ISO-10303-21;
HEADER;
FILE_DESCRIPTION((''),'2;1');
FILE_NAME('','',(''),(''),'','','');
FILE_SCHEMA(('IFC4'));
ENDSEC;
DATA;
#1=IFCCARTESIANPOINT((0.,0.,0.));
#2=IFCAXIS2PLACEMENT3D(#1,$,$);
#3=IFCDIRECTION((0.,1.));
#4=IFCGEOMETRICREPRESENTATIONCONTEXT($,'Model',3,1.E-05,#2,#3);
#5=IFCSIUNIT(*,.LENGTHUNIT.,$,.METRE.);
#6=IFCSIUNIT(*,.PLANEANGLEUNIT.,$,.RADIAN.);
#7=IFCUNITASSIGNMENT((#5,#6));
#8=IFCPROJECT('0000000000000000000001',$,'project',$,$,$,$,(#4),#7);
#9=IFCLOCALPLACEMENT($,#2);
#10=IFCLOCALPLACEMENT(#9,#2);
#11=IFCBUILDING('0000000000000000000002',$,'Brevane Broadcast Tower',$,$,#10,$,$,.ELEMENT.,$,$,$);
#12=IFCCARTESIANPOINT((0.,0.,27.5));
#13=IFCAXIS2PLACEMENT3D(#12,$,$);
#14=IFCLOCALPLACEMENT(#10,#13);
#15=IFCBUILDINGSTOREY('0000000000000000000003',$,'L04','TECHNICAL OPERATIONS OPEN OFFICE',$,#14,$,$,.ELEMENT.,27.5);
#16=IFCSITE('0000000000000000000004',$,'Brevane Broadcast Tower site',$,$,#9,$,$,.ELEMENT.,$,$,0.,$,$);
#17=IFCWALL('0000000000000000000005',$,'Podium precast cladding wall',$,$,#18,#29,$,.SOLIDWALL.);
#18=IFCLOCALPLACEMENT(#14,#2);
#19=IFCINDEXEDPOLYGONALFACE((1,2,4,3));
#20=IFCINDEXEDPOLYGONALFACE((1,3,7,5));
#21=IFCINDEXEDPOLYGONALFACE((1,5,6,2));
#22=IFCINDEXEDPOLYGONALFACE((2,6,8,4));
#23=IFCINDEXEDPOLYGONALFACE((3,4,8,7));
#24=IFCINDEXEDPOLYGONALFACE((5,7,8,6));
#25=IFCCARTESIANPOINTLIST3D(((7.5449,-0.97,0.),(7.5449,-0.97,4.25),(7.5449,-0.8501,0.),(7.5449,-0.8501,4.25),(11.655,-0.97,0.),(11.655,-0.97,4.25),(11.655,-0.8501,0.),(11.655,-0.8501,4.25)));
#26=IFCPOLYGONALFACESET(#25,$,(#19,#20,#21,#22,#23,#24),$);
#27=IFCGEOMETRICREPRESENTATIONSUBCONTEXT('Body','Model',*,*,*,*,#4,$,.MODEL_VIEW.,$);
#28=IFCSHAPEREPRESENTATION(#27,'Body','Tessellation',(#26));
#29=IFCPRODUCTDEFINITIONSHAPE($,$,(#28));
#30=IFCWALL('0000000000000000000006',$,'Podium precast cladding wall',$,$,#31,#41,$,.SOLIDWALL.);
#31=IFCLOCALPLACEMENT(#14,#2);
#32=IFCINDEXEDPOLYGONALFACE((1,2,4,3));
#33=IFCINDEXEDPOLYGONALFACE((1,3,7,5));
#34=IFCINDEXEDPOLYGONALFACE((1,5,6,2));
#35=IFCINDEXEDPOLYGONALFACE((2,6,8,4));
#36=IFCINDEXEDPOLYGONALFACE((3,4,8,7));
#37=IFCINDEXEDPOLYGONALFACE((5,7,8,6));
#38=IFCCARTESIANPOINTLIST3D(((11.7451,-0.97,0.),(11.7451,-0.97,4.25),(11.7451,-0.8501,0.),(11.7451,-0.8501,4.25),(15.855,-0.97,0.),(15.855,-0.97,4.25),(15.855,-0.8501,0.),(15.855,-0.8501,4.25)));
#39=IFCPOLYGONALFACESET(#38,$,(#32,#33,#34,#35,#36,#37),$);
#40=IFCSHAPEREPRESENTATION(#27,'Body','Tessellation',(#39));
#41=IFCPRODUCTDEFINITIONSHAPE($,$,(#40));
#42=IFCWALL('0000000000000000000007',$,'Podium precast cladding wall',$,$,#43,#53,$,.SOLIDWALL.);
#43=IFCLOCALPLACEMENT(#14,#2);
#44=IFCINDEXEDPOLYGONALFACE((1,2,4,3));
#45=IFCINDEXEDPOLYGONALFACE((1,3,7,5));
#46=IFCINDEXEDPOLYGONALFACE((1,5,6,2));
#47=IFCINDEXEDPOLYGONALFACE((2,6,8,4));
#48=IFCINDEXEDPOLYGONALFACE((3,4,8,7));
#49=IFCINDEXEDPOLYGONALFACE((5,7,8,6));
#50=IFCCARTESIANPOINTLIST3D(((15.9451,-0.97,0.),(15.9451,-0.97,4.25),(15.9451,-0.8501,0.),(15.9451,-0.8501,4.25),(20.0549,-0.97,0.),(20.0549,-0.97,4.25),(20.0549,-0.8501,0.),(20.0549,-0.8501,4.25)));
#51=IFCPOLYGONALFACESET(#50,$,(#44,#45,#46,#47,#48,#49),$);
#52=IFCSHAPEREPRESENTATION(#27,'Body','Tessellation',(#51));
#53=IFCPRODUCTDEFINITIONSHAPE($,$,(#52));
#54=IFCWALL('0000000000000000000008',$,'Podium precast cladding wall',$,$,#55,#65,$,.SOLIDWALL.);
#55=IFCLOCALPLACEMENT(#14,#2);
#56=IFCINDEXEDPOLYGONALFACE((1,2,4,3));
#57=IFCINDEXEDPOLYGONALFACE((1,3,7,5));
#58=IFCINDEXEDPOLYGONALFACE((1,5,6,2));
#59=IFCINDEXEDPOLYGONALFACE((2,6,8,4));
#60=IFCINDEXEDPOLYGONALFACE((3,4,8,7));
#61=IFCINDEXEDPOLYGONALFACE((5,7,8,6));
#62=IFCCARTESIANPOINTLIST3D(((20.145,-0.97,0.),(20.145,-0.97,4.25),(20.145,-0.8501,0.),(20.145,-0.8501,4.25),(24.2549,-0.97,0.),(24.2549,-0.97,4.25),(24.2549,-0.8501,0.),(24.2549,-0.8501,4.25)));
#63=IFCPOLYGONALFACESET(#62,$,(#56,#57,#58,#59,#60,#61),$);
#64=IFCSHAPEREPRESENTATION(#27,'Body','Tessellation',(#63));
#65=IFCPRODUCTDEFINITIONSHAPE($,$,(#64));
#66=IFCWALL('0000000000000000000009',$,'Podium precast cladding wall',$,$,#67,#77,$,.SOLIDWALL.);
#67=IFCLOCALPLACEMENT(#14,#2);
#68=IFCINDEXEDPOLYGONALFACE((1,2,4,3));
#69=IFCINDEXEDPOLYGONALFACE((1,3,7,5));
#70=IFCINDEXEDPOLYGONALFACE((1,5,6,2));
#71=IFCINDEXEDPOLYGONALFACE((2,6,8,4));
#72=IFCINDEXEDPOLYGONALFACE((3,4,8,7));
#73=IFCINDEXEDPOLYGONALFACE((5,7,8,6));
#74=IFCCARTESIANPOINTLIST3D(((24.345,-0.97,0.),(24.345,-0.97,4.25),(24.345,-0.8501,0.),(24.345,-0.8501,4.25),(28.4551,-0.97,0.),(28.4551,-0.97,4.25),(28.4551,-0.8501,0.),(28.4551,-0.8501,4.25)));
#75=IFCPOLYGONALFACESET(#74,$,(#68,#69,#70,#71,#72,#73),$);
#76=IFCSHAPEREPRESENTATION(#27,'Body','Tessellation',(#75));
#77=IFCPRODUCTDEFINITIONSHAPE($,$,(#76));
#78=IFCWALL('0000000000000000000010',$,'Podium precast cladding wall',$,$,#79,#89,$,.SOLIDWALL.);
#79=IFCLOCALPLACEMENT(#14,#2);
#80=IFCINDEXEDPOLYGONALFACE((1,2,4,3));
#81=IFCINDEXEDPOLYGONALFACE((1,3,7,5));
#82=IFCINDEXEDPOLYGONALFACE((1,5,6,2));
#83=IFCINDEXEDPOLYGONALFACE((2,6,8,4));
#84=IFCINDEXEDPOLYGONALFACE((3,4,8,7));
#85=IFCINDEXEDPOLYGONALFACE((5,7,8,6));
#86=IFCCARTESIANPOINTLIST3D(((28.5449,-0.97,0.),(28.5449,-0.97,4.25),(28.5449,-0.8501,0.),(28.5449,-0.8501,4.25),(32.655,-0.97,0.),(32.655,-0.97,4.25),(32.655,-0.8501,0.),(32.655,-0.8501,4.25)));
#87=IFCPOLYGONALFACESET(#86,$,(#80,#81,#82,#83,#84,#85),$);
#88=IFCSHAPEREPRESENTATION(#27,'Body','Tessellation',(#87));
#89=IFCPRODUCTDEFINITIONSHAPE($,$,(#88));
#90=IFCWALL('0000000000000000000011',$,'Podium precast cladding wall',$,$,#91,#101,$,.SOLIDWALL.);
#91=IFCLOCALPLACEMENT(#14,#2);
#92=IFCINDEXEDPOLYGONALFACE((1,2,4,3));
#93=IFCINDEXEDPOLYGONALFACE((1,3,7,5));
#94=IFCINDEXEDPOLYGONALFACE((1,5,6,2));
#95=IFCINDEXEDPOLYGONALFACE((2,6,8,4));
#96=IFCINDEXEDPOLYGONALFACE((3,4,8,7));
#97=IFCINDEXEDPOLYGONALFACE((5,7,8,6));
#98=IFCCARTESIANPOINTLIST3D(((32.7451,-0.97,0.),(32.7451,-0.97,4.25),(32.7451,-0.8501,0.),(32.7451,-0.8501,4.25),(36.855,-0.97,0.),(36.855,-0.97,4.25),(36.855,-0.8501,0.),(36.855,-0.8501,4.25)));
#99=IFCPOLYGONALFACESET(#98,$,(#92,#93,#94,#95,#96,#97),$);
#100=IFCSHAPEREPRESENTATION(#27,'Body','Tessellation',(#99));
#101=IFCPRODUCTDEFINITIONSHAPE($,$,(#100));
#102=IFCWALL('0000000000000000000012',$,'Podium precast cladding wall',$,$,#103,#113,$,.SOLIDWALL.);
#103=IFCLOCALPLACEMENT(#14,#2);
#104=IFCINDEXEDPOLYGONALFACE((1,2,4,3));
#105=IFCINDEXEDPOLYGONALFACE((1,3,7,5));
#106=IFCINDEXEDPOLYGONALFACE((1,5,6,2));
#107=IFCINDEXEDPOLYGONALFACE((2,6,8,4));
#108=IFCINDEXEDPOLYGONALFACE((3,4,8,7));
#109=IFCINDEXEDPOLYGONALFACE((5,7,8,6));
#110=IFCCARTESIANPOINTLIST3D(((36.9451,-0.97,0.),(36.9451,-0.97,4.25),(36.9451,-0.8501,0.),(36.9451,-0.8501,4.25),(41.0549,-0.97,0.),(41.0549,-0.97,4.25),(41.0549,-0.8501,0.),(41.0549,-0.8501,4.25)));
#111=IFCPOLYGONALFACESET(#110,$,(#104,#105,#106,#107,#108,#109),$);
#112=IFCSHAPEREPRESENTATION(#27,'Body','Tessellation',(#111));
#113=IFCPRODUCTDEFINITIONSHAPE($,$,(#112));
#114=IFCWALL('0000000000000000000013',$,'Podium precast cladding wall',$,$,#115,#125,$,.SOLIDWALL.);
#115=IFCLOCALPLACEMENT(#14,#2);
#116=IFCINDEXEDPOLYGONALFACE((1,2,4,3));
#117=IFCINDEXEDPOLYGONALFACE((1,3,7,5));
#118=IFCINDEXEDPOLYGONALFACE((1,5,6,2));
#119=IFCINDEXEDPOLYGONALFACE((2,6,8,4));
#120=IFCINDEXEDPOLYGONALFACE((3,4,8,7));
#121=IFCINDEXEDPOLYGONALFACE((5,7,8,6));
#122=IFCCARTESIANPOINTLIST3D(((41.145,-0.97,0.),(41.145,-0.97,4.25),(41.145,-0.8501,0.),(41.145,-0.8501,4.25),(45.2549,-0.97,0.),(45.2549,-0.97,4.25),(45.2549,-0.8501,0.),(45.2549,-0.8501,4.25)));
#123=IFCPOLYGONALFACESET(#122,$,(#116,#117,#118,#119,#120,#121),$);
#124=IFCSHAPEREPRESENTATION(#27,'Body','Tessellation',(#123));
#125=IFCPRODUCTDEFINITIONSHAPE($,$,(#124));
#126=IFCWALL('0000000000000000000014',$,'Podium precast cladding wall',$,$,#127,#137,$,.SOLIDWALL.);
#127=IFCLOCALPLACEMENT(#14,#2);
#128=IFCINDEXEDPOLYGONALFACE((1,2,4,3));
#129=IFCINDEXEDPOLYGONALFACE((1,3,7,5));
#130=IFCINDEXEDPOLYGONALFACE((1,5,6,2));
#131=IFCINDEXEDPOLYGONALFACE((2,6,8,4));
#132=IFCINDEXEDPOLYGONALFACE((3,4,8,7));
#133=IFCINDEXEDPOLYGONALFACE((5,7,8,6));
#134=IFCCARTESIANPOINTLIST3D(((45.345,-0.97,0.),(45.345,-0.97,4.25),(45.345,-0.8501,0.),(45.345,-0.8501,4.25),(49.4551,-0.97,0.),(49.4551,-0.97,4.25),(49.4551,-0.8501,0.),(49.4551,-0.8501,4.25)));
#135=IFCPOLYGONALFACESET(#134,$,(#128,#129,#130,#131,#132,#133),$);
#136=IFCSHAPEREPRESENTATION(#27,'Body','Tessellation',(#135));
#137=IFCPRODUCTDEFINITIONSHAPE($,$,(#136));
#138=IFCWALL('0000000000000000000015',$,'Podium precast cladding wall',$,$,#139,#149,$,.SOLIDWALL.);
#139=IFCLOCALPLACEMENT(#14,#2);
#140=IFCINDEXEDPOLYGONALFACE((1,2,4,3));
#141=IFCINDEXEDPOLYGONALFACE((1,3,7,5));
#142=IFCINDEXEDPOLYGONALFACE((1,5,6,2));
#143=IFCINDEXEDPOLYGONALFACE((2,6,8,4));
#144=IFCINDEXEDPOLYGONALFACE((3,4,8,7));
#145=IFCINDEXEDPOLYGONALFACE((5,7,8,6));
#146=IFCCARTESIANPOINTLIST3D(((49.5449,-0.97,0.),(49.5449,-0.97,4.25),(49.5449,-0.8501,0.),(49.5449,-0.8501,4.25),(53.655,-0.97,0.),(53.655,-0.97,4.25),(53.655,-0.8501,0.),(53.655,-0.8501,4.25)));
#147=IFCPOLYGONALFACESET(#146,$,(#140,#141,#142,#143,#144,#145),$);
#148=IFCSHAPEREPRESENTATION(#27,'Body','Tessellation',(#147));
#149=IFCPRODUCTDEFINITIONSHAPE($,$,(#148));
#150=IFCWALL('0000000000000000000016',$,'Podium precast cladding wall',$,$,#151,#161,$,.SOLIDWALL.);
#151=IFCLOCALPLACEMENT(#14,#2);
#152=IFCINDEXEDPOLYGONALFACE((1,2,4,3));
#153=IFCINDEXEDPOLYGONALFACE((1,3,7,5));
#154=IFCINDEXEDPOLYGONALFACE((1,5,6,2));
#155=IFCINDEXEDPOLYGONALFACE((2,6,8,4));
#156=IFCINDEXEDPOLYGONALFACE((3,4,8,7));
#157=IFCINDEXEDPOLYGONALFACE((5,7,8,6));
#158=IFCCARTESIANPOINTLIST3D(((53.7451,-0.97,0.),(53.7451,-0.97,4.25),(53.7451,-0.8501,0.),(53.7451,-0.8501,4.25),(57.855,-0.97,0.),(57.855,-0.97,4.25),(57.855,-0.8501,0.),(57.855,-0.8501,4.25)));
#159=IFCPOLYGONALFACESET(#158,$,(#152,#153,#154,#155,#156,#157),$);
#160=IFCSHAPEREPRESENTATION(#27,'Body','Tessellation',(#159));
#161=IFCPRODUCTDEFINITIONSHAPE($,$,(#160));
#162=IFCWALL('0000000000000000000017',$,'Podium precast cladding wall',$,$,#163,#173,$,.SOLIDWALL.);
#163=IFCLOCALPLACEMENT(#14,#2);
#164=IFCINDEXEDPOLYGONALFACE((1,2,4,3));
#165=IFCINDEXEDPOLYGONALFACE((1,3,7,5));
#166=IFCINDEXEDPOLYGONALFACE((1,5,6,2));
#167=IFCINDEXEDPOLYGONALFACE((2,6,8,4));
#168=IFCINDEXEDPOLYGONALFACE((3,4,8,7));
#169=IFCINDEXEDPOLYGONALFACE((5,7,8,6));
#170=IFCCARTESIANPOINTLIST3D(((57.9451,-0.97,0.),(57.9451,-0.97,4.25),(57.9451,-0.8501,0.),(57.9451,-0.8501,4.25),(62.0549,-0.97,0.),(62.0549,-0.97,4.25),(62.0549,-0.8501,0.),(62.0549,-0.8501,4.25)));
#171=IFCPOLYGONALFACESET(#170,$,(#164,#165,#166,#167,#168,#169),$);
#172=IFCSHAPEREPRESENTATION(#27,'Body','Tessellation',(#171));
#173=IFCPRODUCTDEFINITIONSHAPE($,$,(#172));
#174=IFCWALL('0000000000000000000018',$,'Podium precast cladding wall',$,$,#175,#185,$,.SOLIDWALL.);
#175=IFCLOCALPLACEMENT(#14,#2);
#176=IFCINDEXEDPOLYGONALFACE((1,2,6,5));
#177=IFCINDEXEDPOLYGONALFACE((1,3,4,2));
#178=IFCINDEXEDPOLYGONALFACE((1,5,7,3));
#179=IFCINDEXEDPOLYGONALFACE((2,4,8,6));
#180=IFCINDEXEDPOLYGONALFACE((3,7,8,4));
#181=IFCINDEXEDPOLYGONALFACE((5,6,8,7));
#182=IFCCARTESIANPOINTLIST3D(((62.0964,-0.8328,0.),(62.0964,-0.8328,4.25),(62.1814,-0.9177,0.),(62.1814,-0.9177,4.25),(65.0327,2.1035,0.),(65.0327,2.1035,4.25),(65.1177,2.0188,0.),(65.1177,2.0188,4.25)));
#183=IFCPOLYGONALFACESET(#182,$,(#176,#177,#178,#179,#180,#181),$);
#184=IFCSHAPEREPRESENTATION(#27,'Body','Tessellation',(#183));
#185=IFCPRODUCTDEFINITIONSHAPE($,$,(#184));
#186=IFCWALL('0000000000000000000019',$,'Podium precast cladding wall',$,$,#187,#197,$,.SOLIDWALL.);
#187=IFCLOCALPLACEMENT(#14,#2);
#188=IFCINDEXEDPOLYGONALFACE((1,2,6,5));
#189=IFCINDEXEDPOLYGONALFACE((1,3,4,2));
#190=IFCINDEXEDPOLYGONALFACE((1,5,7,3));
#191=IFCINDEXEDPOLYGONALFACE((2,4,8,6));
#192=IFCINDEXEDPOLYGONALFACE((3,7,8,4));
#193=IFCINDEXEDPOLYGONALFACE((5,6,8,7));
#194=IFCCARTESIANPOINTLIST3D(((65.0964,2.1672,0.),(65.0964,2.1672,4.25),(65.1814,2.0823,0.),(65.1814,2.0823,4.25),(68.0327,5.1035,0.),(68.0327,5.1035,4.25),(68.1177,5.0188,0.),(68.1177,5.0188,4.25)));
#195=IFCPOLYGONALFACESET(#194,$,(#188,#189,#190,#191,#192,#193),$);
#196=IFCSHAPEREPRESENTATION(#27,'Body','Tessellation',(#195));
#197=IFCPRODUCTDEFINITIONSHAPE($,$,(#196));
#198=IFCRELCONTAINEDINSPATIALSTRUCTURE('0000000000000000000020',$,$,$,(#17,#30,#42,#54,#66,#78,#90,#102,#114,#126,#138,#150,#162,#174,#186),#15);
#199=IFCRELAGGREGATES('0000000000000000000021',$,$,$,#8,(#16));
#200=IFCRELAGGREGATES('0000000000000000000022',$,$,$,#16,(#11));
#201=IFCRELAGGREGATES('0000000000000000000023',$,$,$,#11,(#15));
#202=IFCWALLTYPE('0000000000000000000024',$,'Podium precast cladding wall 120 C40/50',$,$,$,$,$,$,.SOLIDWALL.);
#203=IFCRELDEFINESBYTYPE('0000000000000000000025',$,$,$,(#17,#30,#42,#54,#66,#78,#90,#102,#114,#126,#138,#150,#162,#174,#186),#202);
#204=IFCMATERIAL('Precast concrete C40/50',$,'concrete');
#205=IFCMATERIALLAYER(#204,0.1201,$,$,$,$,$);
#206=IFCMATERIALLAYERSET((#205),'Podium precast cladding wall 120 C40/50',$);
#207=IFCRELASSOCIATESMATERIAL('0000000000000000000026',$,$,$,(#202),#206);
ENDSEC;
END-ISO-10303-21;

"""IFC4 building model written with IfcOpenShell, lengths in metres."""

from ifc_helpers import new_model, si_unit, direction, frame, origin, place, context, subcontext, project, spatial, polyline, outline, extrude, material, layer, layer_set, type_object, element, save


model = new_model("IFC4")

# Units and contexts
model_context = context("Model", 3, precision=1e-05, world=origin(), true_north=direction((0.0, 1.0)))
body_context = subcontext(model_context, "Body", "Model", "MODEL_VIEW")
ifc_project = project(units=[si_unit("LENGTHUNIT", "METRE"), si_unit("PLANEANGLEUNIT", "RADIAN")], contexts=[model_context])

# Site, building, storey
site_placement = place(None, origin())
site = spatial("IfcSite", under=ifc_project, at=site_placement, Name="Brevane Broadcast Tower site", CompositionType="ELEMENT", RefElevation=0.0)
building_placement = place(site_placement, origin())
building = spatial("IfcBuilding", under=site, at=building_placement, Name="Brevane Broadcast Tower", CompositionType="ELEMENT")
storey_placement = place(building_placement, frame((0.0, 0.0, 27.5)))
storey = spatial("IfcBuildingStorey", under=building, at=storey_placement, Name="L04", Description="TECHNICAL OPERATIONS OPEN OFFICE", CompositionType="ELEMENT", Elevation=27.5)

# Walls
ifc_material = material(Name="Precast concrete C40/50", Category="concrete")
ifc_layer = layer(ifc_material, 0.1201)
ifc_layer_set = layer_set([ifc_layer], Name="Podium precast cladding wall 120 C40/50")
wall_type = type_object("IfcWallType", Name="Podium precast cladding wall 120 C40/50", PredefinedType="SOLIDWALL", material=ifc_layer_set)
wall_1_placement = place(storey_placement, origin())
element("IfcWall", 1, at=wall_1_placement, inside=storey, type_object=wall_type, Name="Podium precast cladding wall", PredefinedType="SOLIDWALL", context=body_context, shape_type="SweptSolid", body=[
    extrude(outline(polyline([(11.655, -0.97), (11.655, -0.8501), (7.5449, -0.8501), (7.5449, -0.97), (11.655, -0.97)])), origin(), (0.0, 0.0, 1.0), 4.25),
])
wall_2_placement = place(storey_placement, origin())
element("IfcWall", 2, at=wall_2_placement, inside=storey, type_object=wall_type, Name="Podium precast cladding wall", PredefinedType="SOLIDWALL", context=body_context, shape_type="SweptSolid", body=[
    extrude(outline(polyline([(15.855, -0.97), (15.855, -0.8501), (11.7451, -0.8501), (11.7451, -0.97), (15.855, -0.97)])), origin(), (0.0, 0.0, 1.0), 4.25),
])
wall_3_placement = place(storey_placement, origin())
element("IfcWall", 3, at=wall_3_placement, inside=storey, type_object=wall_type, Name="Podium precast cladding wall", PredefinedType="SOLIDWALL", context=body_context, shape_type="SweptSolid", body=[
    extrude(outline(polyline([(20.0549, -0.97), (20.0549, -0.8501), (15.9451, -0.8501), (15.9451, -0.97), (20.0549, -0.97)])), origin(), (0.0, 0.0, 1.0), 4.25),
])
wall_4_placement = place(storey_placement, origin())
element("IfcWall", 4, at=wall_4_placement, inside=storey, type_object=wall_type, Name="Podium precast cladding wall", PredefinedType="SOLIDWALL", context=body_context, shape_type="SweptSolid", body=[
    extrude(outline(polyline([(24.2549, -0.97), (24.2549, -0.8501), (20.145, -0.8501), (20.145, -0.97), (24.2549, -0.97)])), origin(), (0.0, 0.0, 1.0), 4.25),
])
wall_5_placement = place(storey_placement, origin())
element("IfcWall", 5, at=wall_5_placement, inside=storey, type_object=wall_type, Name="Podium precast cladding wall", PredefinedType="SOLIDWALL", context=body_context, shape_type="SweptSolid", body=[
    extrude(outline(polyline([(28.4551, -0.97), (28.4551, -0.8501), (24.345, -0.8501), (24.345, -0.97), (28.4551, -0.97)])), origin(), (0.0, 0.0, 1.0), 4.25),
])
wall_6_placement = place(storey_placement, origin())
element("IfcWall", 6, at=wall_6_placement, inside=storey, type_object=wall_type, Name="Podium precast cladding wall", PredefinedType="SOLIDWALL", context=body_context, shape_type="SweptSolid", body=[
    extrude(outline(polyline([(32.655, -0.97), (32.655, -0.8501), (28.5449, -0.8501), (28.5449, -0.97), (32.655, -0.97)])), origin(), (0.0, 0.0, 1.0), 4.25),
])
wall_7_placement = place(storey_placement, origin())
element("IfcWall", 7, at=wall_7_placement, inside=storey, type_object=wall_type, Name="Podium precast cladding wall", PredefinedType="SOLIDWALL", context=body_context, shape_type="SweptSolid", body=[
    extrude(outline(polyline([(36.855, -0.97), (36.855, -0.8501), (32.7451, -0.8501), (32.7451, -0.97), (36.855, -0.97)])), origin(), (0.0, 0.0, 1.0), 4.25),
])
wall_8_placement = place(storey_placement, origin())
element("IfcWall", 8, at=wall_8_placement, inside=storey, type_object=wall_type, Name="Podium precast cladding wall", PredefinedType="SOLIDWALL", context=body_context, shape_type="SweptSolid", body=[
    extrude(outline(polyline([(41.0549, -0.97), (41.0549, -0.8501), (36.9451, -0.8501), (36.9451, -0.97), (41.0549, -0.97)])), origin(), (0.0, 0.0, 1.0), 4.25),
])
wall_9_placement = place(storey_placement, origin())
element("IfcWall", 9, at=wall_9_placement, inside=storey, type_object=wall_type, Name="Podium precast cladding wall", PredefinedType="SOLIDWALL", context=body_context, shape_type="SweptSolid", body=[
    extrude(outline(polyline([(45.2549, -0.97), (45.2549, -0.8501), (41.145, -0.8501), (41.145, -0.97), (45.2549, -0.97)])), origin(), (0.0, 0.0, 1.0), 4.25),
])
wall_10_placement = place(storey_placement, origin())
element("IfcWall", 10, at=wall_10_placement, inside=storey, type_object=wall_type, Name="Podium precast cladding wall", PredefinedType="SOLIDWALL", context=body_context, shape_type="SweptSolid", body=[
    extrude(outline(polyline([(49.4551, -0.97), (49.4551, -0.8501), (45.345, -0.8501), (45.345, -0.97), (49.4551, -0.97)])), origin(), (0.0, 0.0, 1.0), 4.25),
])
wall_11_placement = place(storey_placement, origin())
element("IfcWall", 11, at=wall_11_placement, inside=storey, type_object=wall_type, Name="Podium precast cladding wall", PredefinedType="SOLIDWALL", context=body_context, shape_type="SweptSolid", body=[
    extrude(outline(polyline([(53.655, -0.97), (53.655, -0.8501), (49.5449, -0.8501), (49.5449, -0.97), (53.655, -0.97)])), origin(), (0.0, 0.0, 1.0), 4.25),
])
wall_12_placement = place(storey_placement, origin())
element("IfcWall", 12, at=wall_12_placement, inside=storey, type_object=wall_type, Name="Podium precast cladding wall", PredefinedType="SOLIDWALL", context=body_context, shape_type="SweptSolid", body=[
    extrude(outline(polyline([(57.855, -0.97), (57.855, -0.8501), (53.7451, -0.8501), (53.7451, -0.97), (57.855, -0.97)])), origin(), (0.0, 0.0, 1.0), 4.25),
])
wall_13_placement = place(storey_placement, origin())
element("IfcWall", 13, at=wall_13_placement, inside=storey, type_object=wall_type, Name="Podium precast cladding wall", PredefinedType="SOLIDWALL", context=body_context, shape_type="SweptSolid", body=[
    extrude(outline(polyline([(62.0549, -0.97), (62.0549, -0.8501), (57.9451, -0.8501), (57.9451, -0.97), (62.0549, -0.97)])), origin(), (0.0, 0.0, 1.0), 4.25),
])
wall_14_placement = place(storey_placement, origin())
element("IfcWall", 14, at=wall_14_placement, inside=storey, type_object=wall_type, Name="Podium precast cladding wall", PredefinedType="SOLIDWALL", context=body_context, shape_type="SweptSolid", body=[
    extrude(outline(polyline([(62.0964, -0.8328), (65.0327, 2.1035), (65.1177, 2.0188), (62.1814, -0.9177), (62.0964, -0.8328)])), origin(), (0.0, 0.0, 1.0), 4.25),
])
wall_15_placement = place(storey_placement, origin())
element("IfcWall", 15, at=wall_15_placement, inside=storey, type_object=wall_type, Name="Podium precast cladding wall", PredefinedType="SOLIDWALL", context=body_context, shape_type="SweptSolid", body=[
    extrude(outline(polyline([(65.0964, 2.1672), (68.0327, 5.1035), (68.1177, 5.0188), (65.1814, 2.0823), (65.0964, 2.1672)])), origin(), (0.0, 0.0, 1.0), 4.25),
])

save(model, "model.ifc")
